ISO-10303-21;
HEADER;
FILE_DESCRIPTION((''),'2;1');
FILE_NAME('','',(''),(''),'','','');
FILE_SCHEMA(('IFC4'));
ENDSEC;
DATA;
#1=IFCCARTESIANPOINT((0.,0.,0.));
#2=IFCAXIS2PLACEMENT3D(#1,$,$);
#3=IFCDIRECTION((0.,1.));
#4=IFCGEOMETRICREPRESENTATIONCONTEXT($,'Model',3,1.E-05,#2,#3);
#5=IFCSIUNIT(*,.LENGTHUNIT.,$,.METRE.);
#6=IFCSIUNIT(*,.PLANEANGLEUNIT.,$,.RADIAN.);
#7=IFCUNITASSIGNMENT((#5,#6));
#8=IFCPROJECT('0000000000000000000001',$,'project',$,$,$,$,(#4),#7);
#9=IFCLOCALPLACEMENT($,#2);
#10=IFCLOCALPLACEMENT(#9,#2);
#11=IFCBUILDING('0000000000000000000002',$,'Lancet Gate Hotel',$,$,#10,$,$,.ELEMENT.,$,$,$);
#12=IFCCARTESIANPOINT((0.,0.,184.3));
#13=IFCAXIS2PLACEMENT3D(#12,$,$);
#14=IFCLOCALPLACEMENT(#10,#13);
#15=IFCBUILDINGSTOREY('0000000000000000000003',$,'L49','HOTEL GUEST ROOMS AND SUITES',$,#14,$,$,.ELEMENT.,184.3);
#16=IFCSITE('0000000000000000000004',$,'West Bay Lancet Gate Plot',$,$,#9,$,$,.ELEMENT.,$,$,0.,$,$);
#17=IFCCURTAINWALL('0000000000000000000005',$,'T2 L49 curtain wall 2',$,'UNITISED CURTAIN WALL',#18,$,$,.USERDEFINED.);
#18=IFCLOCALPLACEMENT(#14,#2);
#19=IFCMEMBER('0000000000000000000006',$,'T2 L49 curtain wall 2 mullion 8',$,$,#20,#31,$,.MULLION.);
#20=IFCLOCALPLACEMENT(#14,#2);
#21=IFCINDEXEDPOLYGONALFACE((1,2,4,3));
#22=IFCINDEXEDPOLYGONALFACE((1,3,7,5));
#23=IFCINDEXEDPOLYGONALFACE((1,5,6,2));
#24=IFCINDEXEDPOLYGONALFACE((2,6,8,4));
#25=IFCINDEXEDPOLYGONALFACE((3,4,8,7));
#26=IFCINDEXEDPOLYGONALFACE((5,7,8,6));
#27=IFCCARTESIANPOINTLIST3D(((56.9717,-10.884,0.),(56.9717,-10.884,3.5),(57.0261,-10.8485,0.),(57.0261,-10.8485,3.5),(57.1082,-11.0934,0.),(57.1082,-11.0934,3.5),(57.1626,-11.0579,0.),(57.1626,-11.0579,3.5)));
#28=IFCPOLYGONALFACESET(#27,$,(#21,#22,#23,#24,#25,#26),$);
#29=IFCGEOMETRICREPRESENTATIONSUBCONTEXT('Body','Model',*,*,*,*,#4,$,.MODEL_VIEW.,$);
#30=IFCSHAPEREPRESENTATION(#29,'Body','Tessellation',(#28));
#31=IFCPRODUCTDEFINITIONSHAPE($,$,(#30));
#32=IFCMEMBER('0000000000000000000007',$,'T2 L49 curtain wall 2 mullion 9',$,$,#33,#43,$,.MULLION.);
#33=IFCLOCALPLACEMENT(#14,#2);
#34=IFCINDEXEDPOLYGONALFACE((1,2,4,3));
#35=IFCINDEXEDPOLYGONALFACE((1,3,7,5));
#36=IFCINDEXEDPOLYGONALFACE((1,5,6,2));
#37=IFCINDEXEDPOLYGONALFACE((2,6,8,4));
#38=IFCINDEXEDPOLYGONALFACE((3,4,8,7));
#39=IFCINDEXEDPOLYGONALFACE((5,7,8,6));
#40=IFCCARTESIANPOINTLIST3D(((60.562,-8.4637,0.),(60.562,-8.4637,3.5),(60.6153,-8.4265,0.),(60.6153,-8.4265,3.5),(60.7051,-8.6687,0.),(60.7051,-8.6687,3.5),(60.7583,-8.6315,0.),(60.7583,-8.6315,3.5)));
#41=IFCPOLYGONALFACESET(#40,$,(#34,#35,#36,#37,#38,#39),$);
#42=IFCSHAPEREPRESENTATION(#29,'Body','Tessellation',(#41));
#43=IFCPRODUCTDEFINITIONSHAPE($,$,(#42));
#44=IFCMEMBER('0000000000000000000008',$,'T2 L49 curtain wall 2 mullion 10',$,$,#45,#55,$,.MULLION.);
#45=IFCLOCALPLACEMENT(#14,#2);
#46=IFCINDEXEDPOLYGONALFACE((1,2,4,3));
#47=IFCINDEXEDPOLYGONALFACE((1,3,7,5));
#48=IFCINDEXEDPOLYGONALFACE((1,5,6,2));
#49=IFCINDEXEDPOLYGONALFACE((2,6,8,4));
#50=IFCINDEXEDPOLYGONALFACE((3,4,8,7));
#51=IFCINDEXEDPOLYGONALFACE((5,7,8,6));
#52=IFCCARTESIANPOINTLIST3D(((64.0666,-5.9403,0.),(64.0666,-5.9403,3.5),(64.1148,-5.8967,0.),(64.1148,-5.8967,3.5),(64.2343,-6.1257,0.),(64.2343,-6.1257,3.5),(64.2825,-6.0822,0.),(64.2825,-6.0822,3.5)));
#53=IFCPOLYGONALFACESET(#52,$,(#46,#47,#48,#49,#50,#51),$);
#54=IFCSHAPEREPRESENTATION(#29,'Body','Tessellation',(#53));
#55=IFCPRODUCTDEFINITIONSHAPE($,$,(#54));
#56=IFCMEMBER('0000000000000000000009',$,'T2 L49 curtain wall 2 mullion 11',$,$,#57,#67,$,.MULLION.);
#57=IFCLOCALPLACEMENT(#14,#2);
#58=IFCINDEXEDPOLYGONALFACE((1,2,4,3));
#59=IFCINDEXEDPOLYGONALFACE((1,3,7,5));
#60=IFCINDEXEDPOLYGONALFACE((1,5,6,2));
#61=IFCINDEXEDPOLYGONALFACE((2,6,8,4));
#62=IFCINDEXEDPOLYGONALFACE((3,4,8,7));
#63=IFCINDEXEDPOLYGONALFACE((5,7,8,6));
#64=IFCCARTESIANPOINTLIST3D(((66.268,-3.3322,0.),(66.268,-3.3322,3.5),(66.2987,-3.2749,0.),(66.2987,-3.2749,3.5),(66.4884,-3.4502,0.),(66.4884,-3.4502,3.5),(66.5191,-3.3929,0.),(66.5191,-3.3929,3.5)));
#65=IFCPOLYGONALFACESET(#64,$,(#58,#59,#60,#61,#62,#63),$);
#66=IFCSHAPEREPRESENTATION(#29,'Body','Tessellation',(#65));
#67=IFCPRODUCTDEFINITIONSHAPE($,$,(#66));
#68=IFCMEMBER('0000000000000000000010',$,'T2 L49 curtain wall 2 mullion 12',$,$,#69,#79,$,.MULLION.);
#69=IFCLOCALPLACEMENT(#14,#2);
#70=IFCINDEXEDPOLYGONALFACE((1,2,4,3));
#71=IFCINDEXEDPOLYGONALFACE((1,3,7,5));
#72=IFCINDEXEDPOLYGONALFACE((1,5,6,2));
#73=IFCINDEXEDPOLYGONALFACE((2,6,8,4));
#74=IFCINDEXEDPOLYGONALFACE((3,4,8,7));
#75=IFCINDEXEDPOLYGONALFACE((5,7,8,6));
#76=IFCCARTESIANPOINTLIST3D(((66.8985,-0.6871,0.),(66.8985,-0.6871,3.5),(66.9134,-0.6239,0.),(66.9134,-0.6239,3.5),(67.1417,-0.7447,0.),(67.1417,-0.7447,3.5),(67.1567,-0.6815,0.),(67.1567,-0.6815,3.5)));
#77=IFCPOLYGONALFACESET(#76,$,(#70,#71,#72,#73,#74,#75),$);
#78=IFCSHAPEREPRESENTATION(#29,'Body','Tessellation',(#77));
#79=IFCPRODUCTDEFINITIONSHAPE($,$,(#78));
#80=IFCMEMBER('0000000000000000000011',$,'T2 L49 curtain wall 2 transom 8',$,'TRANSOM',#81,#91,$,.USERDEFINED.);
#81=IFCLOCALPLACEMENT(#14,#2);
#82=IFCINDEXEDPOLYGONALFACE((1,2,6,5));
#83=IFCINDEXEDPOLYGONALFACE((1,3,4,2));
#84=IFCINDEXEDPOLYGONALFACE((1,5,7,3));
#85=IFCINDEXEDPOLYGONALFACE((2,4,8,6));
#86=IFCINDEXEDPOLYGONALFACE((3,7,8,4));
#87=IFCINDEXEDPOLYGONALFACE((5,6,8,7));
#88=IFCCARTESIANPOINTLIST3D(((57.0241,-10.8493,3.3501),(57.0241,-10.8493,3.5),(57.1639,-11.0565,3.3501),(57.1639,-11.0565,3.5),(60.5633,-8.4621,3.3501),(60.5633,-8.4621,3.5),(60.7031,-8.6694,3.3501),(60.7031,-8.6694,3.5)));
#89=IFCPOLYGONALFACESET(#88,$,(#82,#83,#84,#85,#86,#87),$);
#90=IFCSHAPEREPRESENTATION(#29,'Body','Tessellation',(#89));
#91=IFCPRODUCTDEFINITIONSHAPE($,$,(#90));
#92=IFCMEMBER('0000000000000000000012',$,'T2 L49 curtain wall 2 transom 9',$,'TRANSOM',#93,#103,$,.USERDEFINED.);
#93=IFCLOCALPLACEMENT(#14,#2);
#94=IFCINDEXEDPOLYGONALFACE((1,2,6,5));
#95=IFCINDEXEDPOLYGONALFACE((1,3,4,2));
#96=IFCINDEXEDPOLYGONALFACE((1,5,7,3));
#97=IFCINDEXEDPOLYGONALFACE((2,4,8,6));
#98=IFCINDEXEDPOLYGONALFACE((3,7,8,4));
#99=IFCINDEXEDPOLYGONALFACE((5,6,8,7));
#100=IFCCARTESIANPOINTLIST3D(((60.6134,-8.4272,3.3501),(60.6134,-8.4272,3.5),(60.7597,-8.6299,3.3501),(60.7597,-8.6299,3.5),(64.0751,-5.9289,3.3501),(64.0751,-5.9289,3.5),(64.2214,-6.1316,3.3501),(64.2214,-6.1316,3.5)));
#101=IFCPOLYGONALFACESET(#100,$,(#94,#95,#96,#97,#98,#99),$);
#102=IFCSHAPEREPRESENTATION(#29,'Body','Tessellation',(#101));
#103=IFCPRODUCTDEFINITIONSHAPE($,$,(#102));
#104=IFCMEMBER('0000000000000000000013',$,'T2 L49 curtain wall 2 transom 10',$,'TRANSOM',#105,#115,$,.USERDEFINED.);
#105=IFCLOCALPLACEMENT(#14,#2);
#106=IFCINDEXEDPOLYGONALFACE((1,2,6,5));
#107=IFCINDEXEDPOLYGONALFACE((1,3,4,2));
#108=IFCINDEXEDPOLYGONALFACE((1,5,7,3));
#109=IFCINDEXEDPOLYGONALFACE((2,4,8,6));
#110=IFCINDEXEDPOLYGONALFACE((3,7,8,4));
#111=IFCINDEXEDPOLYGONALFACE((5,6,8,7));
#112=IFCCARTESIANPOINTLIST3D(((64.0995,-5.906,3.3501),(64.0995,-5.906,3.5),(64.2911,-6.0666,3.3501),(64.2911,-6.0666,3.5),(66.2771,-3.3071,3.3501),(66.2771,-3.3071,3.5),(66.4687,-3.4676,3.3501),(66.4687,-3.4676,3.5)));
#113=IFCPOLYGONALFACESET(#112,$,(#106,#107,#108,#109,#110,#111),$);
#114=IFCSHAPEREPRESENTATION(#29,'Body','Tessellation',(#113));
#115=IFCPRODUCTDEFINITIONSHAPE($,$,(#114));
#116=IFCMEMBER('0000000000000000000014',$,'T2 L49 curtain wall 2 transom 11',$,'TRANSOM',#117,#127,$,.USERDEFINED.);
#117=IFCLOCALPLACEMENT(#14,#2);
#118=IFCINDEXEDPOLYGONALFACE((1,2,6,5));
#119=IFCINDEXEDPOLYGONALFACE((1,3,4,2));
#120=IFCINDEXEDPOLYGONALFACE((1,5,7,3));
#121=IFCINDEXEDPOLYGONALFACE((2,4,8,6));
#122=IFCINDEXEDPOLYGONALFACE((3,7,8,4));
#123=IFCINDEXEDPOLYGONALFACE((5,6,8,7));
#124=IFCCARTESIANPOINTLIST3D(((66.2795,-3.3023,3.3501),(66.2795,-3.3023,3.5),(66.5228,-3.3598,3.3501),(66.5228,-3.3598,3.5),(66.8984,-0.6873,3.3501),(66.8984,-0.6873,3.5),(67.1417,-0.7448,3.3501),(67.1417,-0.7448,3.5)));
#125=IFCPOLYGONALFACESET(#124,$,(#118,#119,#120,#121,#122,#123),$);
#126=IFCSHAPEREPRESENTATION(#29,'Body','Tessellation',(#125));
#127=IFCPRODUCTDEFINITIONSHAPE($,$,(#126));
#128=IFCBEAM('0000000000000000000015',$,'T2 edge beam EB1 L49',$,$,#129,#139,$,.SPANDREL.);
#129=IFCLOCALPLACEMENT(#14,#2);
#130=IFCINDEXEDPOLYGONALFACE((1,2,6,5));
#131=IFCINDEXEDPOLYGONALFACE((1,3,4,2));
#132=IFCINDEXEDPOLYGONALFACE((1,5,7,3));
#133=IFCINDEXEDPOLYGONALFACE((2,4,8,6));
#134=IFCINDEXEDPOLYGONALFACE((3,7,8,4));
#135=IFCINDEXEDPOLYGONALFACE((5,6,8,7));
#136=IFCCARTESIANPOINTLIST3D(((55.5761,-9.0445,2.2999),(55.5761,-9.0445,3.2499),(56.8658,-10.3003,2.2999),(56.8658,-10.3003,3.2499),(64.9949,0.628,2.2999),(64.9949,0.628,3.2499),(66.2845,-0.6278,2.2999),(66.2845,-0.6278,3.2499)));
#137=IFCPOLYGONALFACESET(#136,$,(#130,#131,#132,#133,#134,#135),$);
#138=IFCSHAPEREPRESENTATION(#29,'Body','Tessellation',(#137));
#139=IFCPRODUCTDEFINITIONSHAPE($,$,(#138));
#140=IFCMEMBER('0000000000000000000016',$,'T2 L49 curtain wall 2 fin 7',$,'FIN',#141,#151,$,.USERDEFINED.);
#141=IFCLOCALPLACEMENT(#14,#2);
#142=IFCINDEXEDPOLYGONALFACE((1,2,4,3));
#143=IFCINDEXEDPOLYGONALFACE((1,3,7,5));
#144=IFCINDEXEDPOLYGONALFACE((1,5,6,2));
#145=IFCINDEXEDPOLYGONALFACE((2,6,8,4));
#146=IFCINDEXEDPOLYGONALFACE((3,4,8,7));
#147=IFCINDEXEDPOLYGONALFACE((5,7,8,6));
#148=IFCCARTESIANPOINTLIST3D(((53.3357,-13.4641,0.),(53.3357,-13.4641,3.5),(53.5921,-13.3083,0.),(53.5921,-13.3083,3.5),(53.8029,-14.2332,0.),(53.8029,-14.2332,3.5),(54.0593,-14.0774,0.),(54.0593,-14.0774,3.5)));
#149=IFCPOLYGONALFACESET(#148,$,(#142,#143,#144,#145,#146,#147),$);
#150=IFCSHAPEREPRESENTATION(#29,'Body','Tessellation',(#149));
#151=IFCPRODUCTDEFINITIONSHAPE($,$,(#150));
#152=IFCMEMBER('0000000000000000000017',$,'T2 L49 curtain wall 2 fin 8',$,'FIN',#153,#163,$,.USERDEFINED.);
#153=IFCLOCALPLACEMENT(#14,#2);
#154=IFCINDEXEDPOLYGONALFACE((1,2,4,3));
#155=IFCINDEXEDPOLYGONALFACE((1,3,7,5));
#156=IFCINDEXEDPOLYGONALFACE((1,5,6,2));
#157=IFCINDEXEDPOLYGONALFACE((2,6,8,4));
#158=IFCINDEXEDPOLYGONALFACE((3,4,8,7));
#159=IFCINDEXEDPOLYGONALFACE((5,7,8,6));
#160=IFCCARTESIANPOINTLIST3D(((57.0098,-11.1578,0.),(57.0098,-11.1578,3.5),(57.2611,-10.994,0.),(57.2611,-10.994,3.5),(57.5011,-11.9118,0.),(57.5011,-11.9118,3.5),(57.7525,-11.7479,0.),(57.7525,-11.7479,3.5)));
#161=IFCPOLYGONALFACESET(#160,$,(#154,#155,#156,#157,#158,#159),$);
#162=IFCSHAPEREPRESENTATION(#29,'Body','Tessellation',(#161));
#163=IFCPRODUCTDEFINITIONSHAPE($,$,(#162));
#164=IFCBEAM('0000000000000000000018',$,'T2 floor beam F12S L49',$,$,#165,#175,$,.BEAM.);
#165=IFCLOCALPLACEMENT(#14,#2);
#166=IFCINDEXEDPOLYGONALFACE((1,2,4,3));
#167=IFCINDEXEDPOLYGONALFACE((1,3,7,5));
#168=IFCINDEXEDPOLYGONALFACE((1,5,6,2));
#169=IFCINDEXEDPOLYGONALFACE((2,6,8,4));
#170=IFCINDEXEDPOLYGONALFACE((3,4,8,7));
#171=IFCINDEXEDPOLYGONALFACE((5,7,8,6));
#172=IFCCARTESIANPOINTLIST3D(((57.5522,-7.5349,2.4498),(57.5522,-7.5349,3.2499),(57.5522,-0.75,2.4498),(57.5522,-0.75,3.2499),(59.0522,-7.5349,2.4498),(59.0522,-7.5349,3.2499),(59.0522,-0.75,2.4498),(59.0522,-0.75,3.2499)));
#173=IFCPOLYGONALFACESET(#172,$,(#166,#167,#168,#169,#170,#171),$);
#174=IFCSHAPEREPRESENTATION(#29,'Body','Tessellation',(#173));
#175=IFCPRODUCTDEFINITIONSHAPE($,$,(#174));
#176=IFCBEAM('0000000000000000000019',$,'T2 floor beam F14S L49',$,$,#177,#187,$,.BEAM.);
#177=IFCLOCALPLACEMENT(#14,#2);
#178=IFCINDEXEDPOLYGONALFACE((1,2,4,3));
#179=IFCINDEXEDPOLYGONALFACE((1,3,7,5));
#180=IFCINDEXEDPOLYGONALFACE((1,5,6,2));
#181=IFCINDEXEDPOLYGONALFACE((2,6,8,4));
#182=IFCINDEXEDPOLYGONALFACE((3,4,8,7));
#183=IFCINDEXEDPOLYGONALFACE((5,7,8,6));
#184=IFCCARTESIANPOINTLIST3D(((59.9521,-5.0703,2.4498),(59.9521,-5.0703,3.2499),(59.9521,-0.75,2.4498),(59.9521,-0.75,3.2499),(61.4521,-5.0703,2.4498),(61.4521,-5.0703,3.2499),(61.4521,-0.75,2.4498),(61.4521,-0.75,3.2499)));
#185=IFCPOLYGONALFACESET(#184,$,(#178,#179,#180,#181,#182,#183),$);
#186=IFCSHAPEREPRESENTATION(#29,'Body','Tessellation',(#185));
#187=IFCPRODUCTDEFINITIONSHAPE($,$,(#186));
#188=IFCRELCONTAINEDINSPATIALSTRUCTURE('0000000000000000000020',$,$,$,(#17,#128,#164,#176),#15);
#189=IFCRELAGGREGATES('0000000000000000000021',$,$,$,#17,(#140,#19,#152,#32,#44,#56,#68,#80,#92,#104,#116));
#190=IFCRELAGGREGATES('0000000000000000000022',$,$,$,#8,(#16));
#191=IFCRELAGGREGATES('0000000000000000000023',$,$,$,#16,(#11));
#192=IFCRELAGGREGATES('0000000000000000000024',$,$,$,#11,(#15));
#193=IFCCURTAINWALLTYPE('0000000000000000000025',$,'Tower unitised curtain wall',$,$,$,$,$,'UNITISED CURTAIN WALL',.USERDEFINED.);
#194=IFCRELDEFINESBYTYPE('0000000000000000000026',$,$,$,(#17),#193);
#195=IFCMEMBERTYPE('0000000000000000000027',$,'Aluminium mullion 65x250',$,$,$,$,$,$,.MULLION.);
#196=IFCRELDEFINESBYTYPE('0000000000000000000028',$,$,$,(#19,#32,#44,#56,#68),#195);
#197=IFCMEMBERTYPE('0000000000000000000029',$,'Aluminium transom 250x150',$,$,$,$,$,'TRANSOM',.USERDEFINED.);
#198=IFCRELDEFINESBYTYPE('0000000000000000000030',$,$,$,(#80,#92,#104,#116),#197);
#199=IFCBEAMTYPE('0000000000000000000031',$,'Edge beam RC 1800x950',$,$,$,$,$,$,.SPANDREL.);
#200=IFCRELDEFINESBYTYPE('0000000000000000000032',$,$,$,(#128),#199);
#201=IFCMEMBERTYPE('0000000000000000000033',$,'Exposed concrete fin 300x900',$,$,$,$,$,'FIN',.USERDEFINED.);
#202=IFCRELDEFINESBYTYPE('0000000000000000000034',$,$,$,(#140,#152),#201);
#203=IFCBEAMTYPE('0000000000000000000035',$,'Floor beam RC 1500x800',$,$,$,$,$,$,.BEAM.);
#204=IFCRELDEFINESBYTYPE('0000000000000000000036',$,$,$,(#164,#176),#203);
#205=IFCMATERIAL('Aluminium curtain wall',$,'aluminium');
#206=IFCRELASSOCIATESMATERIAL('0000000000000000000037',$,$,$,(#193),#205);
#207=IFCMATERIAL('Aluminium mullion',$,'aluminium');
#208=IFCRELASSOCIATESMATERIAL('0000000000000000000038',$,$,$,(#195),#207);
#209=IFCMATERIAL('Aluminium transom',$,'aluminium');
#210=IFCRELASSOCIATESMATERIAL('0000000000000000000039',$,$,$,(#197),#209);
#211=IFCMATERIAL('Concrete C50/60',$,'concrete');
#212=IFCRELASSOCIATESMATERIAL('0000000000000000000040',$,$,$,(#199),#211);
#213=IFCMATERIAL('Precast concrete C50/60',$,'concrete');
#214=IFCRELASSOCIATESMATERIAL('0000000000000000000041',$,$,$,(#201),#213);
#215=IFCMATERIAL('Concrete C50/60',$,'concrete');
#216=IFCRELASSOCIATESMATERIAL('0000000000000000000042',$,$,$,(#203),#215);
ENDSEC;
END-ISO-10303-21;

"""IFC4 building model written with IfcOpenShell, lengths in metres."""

from ifc_helpers import new_model, si_unit, direction, frame, origin, origin_2d, place, context, subcontext, project, spatial, rectangle, extrude, material, material_profile, profile_set, type_object, element, aggregate, save


model = new_model("IFC4")

# Units and contexts
model_context = context("Model", 3, precision=1e-05, world=origin(), true_north=direction((0.0, 1.0)))
body_context = subcontext(model_context, "Body", "Model", "MODEL_VIEW")
ifc_project = project(units=[si_unit("LENGTHUNIT", "METRE"), si_unit("PLANEANGLEUNIT", "RADIAN")], contexts=[model_context])

# Site, building, storey
site_placement = place(None, origin())
site = spatial("IfcSite", under=ifc_project, at=site_placement, Name="West Bay Lancet Gate Plot", CompositionType="ELEMENT", RefElevation=0.0)
building_placement = place(site_placement, origin())
building = spatial("IfcBuilding", under=site, at=building_placement, Name="Lancet Gate Hotel", CompositionType="ELEMENT")
storey_placement = place(building_placement, frame((0.0, 0.0, 184.3)))
storey = spatial("IfcBuildingStorey", under=building, at=storey_placement, Name="L49", Description="HOTEL GUEST ROOMS AND SUITES", CompositionType="ELEMENT", Elevation=184.3)

# Curtain wall, members
ifc_material_1 = material(Name="Aluminium curtain wall", Category="aluminium")
curtain_wall_type = type_object("IfcCurtainWallType", Name="Tower unitised curtain wall", ElementType="UNITISED CURTAIN WALL", PredefinedType="USERDEFINED", material=ifc_material_1)
curtain_wall_placement = place(storey_placement, origin())
curtain_wall = element("IfcCurtainWall", 1, at=curtain_wall_placement, inside=storey, type_object=curtain_wall_type, Name="T2 L49 curtain wall 2", ObjectType="UNITISED CURTAIN WALL", PredefinedType="USERDEFINED")
ifc_material_2 = material(Name="Aluminium mullion", Category="aluminium")
ifc_material_profile_1 = material_profile(ifc_material_2, rectangle(XDim=0.0649, YDim=0.25, at=origin_2d()), Name="MULLION 65x250")
ifc_profile_set_1 = profile_set([ifc_material_profile_1], Name="Aluminium mullion")
member_type_1 = type_object("IfcMemberType", Name="Aluminium mullion 65x250", PredefinedType="MULLION", material=ifc_profile_set_1)
member_1_placement = place(storey_placement, frame((57.0671, -10.9709, 0.0), z_axis=(0.0, 0.0, 1.0), x_axis=(0.837801, 0.545976, 0.0)))
member_1 = element("IfcMember", 2, at=member_1_placement, type_object=member_type_1, Name="T2 L49 curtain wall 2 mullion 8", PredefinedType="MULLION", context=body_context, shape_type="SweptSolid", body=[
    extrude(rectangle(XDim=0.0649, YDim=0.25, at=origin_2d()), origin(), (0.0, 0.0, 1.0), 3.5),
])
member_2_placement = place(storey_placement, frame((60.6602, -8.5476, 0.0), z_axis=(0.0, 0.0, 1.0), x_axis=(0.820068, 0.572266, 0.0)))
member_2 = element("IfcMember", 3, at=member_2_placement, type_object=member_type_1, Name="T2 L49 curtain wall 2 mullion 9", PredefinedType="MULLION", context=body_context, shape_type="SweptSolid", body=[
    extrude(rectangle(XDim=0.0649, YDim=0.25, at=origin_2d()), origin(), (0.0, 0.0, 1.0), 3.5),
])
member_3_placement = place(storey_placement, frame((64.1746, -6.0112, 0.0), z_axis=(0.0, 0.0, 1.0), x_axis=(0.741693, 0.670739, 0.0)))
member_3 = element("IfcMember", 4, at=member_3_placement, type_object=member_type_1, Name="T2 L49 curtain wall 2 mullion 10", PredefinedType="MULLION", context=body_context, shape_type="SweptSolid", body=[
    extrude(rectangle(XDim=0.0649, YDim=0.25, at=origin_2d()), origin(), (0.0, 0.0, 1.0), 3.5),
])
member_4_placement = place(storey_placement, frame((66.3936, -3.3625, 0.0), z_axis=(0.0, 0.0, 1.0), x_axis=(0.472146, 0.88152, 0.0)))
member_4 = element("IfcMember", 5, at=member_4_placement, type_object=member_type_1, Name="T2 L49 curtain wall 2 mullion 11", PredefinedType="MULLION", context=body_context, shape_type="SweptSolid", body=[
    extrude(rectangle(XDim=0.0649, YDim=0.25, at=origin_2d()), origin(), (0.0, 0.0, 1.0), 3.5),
])
member_5_placement = place(storey_placement, frame((67.0276, -0.6843, 0.0), z_axis=(0.0, 0.0, 1.0), x_axis=(0.230367, 0.973104, 0.0)))
member_5 = element("IfcMember", 6, at=member_5_placement, type_object=member_type_1, Name="T2 L49 curtain wall 2 mullion 12", PredefinedType="MULLION", context=body_context, shape_type="SweptSolid", body=[
    extrude(rectangle(XDim=0.0649, YDim=0.25, at=origin_2d()), origin(), (0.0, 0.0, 1.0), 3.5),
])
ifc_material_3 = material(Name="Aluminium transom", Category="aluminium")
ifc_material_profile_2 = material_profile(ifc_material_3, rectangle(XDim=0.25, YDim=0.1499, at=origin_2d()), Name="TRANSOM 250x150")
ifc_profile_set_2 = profile_set([ifc_material_profile_2], Name="Aluminium transom")
member_type_2 = type_object("IfcMemberType", Name="Aluminium transom 250x150", ElementType="TRANSOM", PredefinedType="USERDEFINED", material=ifc_profile_set_2)
member_6_placement = place(storey_placement, frame((57.094, -10.9529, 3.425), z_axis=(0.829047, 0.559179, 0.0), x_axis=(-0.559179, 0.829047, 0.0)))
member_6 = element("IfcMember", 7, at=member_6_placement, type_object=member_type_2, Name="T2 L49 curtain wall 2 transom 8", ObjectType="TRANSOM", PredefinedType="USERDEFINED", context=body_context, shape_type="SweptSolid", body=[
    extrude(rectangle(XDim=0.25, YDim=0.1499, at=origin_2d()), origin(), (0.0, 0.0, 1.0), 4.269),
])
member_7_placement = place(storey_placement, frame((60.6865, -8.5286, 3.425), z_axis=(0.81088, 0.585213, 0.0), x_axis=(-0.585213, 0.81088, 0.0)))
member_7 = element("IfcMember", 8, at=member_7_placement, type_object=member_type_2, Name="T2 L49 curtain wall 2 transom 9", ObjectType="TRANSOM", PredefinedType="USERDEFINED", context=body_context, shape_type="SweptSolid", body=[
    extrude(rectangle(XDim=0.25, YDim=0.1499, at=origin_2d()), origin(), (0.0, 0.0, 1.0), 4.269),
])
member_8_placement = place(storey_placement, frame((64.1953, -5.9863, 3.425), z_axis=(0.642229, 0.766513, 0.0), x_axis=(-0.766513, 0.642229, 0.0)))
member_8 = element("IfcMember", 9, at=member_8_placement, type_object=member_type_2, Name="T2 L49 curtain wall 2 transom 10", ObjectType="TRANSOM", PredefinedType="USERDEFINED", context=body_context, shape_type="SweptSolid", body=[
    extrude(rectangle(XDim=0.25, YDim=0.1499, at=origin_2d()), origin(), (0.0, 0.0, 1.0), 3.3906),
])
member_9_placement = place(storey_placement, frame((66.4011, -3.3311, 3.425), z_axis=(0.23031, 0.973117, 0.0), x_axis=(-0.973117, 0.23031, 0.0)))
member_9 = element("IfcMember", 10, at=member_9_placement, type_object=member_type_2, Name="T2 L49 curtain wall 2 transom 11", ObjectType="TRANSOM", PredefinedType="USERDEFINED", context=body_context, shape_type="SweptSolid", body=[
    extrude(rectangle(XDim=0.25, YDim=0.1499, at=origin_2d()), origin(), (0.0, 0.0, 1.0), 2.6873),
])

# Beam
ifc_material_4 = material(Name="Concrete C50/60", Category="concrete")
ifc_material_profile_3 = material_profile(ifc_material_4, rectangle(XDim=1.8, YDim=0.95, at=origin_2d()), Name="RC 1800x950")
ifc_profile_set_3 = profile_set([ifc_material_profile_3], Name="Concrete C50/60")
beam_type_1 = type_object("IfcBeamType", Name="Edge beam RC 1800x950", PredefinedType="SPANDREL", material=ifc_profile_set_3)
beam_1_placement = place(storey_placement, frame((56.2209, -9.6724, 2.7749), z_axis=(0.69765, 0.716439, 0.0), x_axis=(-0.716439, 0.69765, 0.0)))
element("IfcBeam", 11, at=beam_1_placement, inside=storey, type_object=beam_type_1, Name="T2 edge beam EB1 L49", PredefinedType="SPANDREL", context=body_context, shape_type="SweptSolid", body=[
    extrude(rectangle(XDim=1.8, YDim=0.95, at=origin_2d()), origin(), (0.0, 0.0, 1.0), 13.5007),
])

# Members
ifc_material_5 = material(Name="Precast concrete C50/60", Category="concrete")
ifc_material_profile_4 = material_profile(ifc_material_5, rectangle(XDim=0.3, YDim=0.8999, at=origin_2d()), Name="FIN 300x900")
ifc_profile_set_4 = profile_set([ifc_material_profile_4], Name="Precast concrete C50/60")
member_type_3 = type_object("IfcMemberType", Name="Exposed concrete fin 300x900", ElementType="FIN", PredefinedType="USERDEFINED", material=ifc_profile_set_4)
member_10_placement = place(storey_placement, frame((53.6975, -13.7708, 0.0), z_axis=(0.0, 0.0, 1.0), x_axis=(0.854691, 0.519137, 0.0)))
member_10 = element("IfcMember", 12, at=member_10_placement, type_object=member_type_3, Name="T2 L49 curtain wall 2 fin 7", ObjectType="FIN", PredefinedType="USERDEFINED", context=body_context, shape_type="SweptSolid", body=[
    extrude(rectangle(XDim=0.3, YDim=0.8999, at=origin_2d()), origin(), (0.0, 0.0, 1.0), 3.5),
])
member_11_placement = place(storey_placement, frame((57.3811, -11.4529, 0.0), z_axis=(0.0, 0.0, 1.0), x_axis=(0.837801, 0.545976, 0.0)))
member_11 = element("IfcMember", 13, at=member_11_placement, type_object=member_type_3, Name="T2 L49 curtain wall 2 fin 8", ObjectType="FIN", PredefinedType="USERDEFINED", context=body_context, shape_type="SweptSolid", body=[
    extrude(rectangle(XDim=0.3, YDim=0.8999, at=origin_2d()), origin(), (0.0, 0.0, 1.0), 3.5),
])

# Beams
ifc_material_6 = material(Name="Concrete C50/60", Category="concrete")
ifc_material_profile_5 = material_profile(ifc_material_6, rectangle(XDim=1.5, YDim=0.8, at=origin_2d()), Name="RC 1500x800")
ifc_profile_set_5 = profile_set([ifc_material_profile_5], Name="Concrete C50/60")
beam_type_2 = type_object("IfcBeamType", Name="Floor beam RC 1500x800", PredefinedType="BEAM", material=ifc_profile_set_5)
beam_2_placement = place(storey_placement, frame((58.3022, -7.5349, 2.8499), z_axis=(0.0, 1.0, 0.0), x_axis=(-1.0, 0.0, 0.0)))
element("IfcBeam", 14, at=beam_2_placement, inside=storey, type_object=beam_type_2, Name="T2 floor beam F12S L49", PredefinedType="BEAM", context=body_context, shape_type="SweptSolid", body=[
    extrude(rectangle(XDim=1.5, YDim=0.8, at=origin_2d()), origin(), (0.0, 0.0, 1.0), 6.7849),
])
beam_3_placement = place(storey_placement, frame((60.7021, -5.0703, 2.8499), z_axis=(0.0, 1.0, 0.0), x_axis=(-1.0, 0.0, 0.0)))
element("IfcBeam", 15, at=beam_3_placement, inside=storey, type_object=beam_type_2, Name="T2 floor beam F14S L49", PredefinedType="BEAM", context=body_context, shape_type="SweptSolid", body=[
    extrude(rectangle(XDim=1.5, YDim=0.8, at=origin_2d()), origin(), (0.0, 0.0, 1.0), 4.3203),
])

aggregate(curtain_wall, [member_10, member_1, member_11, member_2, member_3, member_4, member_5, member_6, member_7, member_8, member_9])

save(model, "model.ifc")
